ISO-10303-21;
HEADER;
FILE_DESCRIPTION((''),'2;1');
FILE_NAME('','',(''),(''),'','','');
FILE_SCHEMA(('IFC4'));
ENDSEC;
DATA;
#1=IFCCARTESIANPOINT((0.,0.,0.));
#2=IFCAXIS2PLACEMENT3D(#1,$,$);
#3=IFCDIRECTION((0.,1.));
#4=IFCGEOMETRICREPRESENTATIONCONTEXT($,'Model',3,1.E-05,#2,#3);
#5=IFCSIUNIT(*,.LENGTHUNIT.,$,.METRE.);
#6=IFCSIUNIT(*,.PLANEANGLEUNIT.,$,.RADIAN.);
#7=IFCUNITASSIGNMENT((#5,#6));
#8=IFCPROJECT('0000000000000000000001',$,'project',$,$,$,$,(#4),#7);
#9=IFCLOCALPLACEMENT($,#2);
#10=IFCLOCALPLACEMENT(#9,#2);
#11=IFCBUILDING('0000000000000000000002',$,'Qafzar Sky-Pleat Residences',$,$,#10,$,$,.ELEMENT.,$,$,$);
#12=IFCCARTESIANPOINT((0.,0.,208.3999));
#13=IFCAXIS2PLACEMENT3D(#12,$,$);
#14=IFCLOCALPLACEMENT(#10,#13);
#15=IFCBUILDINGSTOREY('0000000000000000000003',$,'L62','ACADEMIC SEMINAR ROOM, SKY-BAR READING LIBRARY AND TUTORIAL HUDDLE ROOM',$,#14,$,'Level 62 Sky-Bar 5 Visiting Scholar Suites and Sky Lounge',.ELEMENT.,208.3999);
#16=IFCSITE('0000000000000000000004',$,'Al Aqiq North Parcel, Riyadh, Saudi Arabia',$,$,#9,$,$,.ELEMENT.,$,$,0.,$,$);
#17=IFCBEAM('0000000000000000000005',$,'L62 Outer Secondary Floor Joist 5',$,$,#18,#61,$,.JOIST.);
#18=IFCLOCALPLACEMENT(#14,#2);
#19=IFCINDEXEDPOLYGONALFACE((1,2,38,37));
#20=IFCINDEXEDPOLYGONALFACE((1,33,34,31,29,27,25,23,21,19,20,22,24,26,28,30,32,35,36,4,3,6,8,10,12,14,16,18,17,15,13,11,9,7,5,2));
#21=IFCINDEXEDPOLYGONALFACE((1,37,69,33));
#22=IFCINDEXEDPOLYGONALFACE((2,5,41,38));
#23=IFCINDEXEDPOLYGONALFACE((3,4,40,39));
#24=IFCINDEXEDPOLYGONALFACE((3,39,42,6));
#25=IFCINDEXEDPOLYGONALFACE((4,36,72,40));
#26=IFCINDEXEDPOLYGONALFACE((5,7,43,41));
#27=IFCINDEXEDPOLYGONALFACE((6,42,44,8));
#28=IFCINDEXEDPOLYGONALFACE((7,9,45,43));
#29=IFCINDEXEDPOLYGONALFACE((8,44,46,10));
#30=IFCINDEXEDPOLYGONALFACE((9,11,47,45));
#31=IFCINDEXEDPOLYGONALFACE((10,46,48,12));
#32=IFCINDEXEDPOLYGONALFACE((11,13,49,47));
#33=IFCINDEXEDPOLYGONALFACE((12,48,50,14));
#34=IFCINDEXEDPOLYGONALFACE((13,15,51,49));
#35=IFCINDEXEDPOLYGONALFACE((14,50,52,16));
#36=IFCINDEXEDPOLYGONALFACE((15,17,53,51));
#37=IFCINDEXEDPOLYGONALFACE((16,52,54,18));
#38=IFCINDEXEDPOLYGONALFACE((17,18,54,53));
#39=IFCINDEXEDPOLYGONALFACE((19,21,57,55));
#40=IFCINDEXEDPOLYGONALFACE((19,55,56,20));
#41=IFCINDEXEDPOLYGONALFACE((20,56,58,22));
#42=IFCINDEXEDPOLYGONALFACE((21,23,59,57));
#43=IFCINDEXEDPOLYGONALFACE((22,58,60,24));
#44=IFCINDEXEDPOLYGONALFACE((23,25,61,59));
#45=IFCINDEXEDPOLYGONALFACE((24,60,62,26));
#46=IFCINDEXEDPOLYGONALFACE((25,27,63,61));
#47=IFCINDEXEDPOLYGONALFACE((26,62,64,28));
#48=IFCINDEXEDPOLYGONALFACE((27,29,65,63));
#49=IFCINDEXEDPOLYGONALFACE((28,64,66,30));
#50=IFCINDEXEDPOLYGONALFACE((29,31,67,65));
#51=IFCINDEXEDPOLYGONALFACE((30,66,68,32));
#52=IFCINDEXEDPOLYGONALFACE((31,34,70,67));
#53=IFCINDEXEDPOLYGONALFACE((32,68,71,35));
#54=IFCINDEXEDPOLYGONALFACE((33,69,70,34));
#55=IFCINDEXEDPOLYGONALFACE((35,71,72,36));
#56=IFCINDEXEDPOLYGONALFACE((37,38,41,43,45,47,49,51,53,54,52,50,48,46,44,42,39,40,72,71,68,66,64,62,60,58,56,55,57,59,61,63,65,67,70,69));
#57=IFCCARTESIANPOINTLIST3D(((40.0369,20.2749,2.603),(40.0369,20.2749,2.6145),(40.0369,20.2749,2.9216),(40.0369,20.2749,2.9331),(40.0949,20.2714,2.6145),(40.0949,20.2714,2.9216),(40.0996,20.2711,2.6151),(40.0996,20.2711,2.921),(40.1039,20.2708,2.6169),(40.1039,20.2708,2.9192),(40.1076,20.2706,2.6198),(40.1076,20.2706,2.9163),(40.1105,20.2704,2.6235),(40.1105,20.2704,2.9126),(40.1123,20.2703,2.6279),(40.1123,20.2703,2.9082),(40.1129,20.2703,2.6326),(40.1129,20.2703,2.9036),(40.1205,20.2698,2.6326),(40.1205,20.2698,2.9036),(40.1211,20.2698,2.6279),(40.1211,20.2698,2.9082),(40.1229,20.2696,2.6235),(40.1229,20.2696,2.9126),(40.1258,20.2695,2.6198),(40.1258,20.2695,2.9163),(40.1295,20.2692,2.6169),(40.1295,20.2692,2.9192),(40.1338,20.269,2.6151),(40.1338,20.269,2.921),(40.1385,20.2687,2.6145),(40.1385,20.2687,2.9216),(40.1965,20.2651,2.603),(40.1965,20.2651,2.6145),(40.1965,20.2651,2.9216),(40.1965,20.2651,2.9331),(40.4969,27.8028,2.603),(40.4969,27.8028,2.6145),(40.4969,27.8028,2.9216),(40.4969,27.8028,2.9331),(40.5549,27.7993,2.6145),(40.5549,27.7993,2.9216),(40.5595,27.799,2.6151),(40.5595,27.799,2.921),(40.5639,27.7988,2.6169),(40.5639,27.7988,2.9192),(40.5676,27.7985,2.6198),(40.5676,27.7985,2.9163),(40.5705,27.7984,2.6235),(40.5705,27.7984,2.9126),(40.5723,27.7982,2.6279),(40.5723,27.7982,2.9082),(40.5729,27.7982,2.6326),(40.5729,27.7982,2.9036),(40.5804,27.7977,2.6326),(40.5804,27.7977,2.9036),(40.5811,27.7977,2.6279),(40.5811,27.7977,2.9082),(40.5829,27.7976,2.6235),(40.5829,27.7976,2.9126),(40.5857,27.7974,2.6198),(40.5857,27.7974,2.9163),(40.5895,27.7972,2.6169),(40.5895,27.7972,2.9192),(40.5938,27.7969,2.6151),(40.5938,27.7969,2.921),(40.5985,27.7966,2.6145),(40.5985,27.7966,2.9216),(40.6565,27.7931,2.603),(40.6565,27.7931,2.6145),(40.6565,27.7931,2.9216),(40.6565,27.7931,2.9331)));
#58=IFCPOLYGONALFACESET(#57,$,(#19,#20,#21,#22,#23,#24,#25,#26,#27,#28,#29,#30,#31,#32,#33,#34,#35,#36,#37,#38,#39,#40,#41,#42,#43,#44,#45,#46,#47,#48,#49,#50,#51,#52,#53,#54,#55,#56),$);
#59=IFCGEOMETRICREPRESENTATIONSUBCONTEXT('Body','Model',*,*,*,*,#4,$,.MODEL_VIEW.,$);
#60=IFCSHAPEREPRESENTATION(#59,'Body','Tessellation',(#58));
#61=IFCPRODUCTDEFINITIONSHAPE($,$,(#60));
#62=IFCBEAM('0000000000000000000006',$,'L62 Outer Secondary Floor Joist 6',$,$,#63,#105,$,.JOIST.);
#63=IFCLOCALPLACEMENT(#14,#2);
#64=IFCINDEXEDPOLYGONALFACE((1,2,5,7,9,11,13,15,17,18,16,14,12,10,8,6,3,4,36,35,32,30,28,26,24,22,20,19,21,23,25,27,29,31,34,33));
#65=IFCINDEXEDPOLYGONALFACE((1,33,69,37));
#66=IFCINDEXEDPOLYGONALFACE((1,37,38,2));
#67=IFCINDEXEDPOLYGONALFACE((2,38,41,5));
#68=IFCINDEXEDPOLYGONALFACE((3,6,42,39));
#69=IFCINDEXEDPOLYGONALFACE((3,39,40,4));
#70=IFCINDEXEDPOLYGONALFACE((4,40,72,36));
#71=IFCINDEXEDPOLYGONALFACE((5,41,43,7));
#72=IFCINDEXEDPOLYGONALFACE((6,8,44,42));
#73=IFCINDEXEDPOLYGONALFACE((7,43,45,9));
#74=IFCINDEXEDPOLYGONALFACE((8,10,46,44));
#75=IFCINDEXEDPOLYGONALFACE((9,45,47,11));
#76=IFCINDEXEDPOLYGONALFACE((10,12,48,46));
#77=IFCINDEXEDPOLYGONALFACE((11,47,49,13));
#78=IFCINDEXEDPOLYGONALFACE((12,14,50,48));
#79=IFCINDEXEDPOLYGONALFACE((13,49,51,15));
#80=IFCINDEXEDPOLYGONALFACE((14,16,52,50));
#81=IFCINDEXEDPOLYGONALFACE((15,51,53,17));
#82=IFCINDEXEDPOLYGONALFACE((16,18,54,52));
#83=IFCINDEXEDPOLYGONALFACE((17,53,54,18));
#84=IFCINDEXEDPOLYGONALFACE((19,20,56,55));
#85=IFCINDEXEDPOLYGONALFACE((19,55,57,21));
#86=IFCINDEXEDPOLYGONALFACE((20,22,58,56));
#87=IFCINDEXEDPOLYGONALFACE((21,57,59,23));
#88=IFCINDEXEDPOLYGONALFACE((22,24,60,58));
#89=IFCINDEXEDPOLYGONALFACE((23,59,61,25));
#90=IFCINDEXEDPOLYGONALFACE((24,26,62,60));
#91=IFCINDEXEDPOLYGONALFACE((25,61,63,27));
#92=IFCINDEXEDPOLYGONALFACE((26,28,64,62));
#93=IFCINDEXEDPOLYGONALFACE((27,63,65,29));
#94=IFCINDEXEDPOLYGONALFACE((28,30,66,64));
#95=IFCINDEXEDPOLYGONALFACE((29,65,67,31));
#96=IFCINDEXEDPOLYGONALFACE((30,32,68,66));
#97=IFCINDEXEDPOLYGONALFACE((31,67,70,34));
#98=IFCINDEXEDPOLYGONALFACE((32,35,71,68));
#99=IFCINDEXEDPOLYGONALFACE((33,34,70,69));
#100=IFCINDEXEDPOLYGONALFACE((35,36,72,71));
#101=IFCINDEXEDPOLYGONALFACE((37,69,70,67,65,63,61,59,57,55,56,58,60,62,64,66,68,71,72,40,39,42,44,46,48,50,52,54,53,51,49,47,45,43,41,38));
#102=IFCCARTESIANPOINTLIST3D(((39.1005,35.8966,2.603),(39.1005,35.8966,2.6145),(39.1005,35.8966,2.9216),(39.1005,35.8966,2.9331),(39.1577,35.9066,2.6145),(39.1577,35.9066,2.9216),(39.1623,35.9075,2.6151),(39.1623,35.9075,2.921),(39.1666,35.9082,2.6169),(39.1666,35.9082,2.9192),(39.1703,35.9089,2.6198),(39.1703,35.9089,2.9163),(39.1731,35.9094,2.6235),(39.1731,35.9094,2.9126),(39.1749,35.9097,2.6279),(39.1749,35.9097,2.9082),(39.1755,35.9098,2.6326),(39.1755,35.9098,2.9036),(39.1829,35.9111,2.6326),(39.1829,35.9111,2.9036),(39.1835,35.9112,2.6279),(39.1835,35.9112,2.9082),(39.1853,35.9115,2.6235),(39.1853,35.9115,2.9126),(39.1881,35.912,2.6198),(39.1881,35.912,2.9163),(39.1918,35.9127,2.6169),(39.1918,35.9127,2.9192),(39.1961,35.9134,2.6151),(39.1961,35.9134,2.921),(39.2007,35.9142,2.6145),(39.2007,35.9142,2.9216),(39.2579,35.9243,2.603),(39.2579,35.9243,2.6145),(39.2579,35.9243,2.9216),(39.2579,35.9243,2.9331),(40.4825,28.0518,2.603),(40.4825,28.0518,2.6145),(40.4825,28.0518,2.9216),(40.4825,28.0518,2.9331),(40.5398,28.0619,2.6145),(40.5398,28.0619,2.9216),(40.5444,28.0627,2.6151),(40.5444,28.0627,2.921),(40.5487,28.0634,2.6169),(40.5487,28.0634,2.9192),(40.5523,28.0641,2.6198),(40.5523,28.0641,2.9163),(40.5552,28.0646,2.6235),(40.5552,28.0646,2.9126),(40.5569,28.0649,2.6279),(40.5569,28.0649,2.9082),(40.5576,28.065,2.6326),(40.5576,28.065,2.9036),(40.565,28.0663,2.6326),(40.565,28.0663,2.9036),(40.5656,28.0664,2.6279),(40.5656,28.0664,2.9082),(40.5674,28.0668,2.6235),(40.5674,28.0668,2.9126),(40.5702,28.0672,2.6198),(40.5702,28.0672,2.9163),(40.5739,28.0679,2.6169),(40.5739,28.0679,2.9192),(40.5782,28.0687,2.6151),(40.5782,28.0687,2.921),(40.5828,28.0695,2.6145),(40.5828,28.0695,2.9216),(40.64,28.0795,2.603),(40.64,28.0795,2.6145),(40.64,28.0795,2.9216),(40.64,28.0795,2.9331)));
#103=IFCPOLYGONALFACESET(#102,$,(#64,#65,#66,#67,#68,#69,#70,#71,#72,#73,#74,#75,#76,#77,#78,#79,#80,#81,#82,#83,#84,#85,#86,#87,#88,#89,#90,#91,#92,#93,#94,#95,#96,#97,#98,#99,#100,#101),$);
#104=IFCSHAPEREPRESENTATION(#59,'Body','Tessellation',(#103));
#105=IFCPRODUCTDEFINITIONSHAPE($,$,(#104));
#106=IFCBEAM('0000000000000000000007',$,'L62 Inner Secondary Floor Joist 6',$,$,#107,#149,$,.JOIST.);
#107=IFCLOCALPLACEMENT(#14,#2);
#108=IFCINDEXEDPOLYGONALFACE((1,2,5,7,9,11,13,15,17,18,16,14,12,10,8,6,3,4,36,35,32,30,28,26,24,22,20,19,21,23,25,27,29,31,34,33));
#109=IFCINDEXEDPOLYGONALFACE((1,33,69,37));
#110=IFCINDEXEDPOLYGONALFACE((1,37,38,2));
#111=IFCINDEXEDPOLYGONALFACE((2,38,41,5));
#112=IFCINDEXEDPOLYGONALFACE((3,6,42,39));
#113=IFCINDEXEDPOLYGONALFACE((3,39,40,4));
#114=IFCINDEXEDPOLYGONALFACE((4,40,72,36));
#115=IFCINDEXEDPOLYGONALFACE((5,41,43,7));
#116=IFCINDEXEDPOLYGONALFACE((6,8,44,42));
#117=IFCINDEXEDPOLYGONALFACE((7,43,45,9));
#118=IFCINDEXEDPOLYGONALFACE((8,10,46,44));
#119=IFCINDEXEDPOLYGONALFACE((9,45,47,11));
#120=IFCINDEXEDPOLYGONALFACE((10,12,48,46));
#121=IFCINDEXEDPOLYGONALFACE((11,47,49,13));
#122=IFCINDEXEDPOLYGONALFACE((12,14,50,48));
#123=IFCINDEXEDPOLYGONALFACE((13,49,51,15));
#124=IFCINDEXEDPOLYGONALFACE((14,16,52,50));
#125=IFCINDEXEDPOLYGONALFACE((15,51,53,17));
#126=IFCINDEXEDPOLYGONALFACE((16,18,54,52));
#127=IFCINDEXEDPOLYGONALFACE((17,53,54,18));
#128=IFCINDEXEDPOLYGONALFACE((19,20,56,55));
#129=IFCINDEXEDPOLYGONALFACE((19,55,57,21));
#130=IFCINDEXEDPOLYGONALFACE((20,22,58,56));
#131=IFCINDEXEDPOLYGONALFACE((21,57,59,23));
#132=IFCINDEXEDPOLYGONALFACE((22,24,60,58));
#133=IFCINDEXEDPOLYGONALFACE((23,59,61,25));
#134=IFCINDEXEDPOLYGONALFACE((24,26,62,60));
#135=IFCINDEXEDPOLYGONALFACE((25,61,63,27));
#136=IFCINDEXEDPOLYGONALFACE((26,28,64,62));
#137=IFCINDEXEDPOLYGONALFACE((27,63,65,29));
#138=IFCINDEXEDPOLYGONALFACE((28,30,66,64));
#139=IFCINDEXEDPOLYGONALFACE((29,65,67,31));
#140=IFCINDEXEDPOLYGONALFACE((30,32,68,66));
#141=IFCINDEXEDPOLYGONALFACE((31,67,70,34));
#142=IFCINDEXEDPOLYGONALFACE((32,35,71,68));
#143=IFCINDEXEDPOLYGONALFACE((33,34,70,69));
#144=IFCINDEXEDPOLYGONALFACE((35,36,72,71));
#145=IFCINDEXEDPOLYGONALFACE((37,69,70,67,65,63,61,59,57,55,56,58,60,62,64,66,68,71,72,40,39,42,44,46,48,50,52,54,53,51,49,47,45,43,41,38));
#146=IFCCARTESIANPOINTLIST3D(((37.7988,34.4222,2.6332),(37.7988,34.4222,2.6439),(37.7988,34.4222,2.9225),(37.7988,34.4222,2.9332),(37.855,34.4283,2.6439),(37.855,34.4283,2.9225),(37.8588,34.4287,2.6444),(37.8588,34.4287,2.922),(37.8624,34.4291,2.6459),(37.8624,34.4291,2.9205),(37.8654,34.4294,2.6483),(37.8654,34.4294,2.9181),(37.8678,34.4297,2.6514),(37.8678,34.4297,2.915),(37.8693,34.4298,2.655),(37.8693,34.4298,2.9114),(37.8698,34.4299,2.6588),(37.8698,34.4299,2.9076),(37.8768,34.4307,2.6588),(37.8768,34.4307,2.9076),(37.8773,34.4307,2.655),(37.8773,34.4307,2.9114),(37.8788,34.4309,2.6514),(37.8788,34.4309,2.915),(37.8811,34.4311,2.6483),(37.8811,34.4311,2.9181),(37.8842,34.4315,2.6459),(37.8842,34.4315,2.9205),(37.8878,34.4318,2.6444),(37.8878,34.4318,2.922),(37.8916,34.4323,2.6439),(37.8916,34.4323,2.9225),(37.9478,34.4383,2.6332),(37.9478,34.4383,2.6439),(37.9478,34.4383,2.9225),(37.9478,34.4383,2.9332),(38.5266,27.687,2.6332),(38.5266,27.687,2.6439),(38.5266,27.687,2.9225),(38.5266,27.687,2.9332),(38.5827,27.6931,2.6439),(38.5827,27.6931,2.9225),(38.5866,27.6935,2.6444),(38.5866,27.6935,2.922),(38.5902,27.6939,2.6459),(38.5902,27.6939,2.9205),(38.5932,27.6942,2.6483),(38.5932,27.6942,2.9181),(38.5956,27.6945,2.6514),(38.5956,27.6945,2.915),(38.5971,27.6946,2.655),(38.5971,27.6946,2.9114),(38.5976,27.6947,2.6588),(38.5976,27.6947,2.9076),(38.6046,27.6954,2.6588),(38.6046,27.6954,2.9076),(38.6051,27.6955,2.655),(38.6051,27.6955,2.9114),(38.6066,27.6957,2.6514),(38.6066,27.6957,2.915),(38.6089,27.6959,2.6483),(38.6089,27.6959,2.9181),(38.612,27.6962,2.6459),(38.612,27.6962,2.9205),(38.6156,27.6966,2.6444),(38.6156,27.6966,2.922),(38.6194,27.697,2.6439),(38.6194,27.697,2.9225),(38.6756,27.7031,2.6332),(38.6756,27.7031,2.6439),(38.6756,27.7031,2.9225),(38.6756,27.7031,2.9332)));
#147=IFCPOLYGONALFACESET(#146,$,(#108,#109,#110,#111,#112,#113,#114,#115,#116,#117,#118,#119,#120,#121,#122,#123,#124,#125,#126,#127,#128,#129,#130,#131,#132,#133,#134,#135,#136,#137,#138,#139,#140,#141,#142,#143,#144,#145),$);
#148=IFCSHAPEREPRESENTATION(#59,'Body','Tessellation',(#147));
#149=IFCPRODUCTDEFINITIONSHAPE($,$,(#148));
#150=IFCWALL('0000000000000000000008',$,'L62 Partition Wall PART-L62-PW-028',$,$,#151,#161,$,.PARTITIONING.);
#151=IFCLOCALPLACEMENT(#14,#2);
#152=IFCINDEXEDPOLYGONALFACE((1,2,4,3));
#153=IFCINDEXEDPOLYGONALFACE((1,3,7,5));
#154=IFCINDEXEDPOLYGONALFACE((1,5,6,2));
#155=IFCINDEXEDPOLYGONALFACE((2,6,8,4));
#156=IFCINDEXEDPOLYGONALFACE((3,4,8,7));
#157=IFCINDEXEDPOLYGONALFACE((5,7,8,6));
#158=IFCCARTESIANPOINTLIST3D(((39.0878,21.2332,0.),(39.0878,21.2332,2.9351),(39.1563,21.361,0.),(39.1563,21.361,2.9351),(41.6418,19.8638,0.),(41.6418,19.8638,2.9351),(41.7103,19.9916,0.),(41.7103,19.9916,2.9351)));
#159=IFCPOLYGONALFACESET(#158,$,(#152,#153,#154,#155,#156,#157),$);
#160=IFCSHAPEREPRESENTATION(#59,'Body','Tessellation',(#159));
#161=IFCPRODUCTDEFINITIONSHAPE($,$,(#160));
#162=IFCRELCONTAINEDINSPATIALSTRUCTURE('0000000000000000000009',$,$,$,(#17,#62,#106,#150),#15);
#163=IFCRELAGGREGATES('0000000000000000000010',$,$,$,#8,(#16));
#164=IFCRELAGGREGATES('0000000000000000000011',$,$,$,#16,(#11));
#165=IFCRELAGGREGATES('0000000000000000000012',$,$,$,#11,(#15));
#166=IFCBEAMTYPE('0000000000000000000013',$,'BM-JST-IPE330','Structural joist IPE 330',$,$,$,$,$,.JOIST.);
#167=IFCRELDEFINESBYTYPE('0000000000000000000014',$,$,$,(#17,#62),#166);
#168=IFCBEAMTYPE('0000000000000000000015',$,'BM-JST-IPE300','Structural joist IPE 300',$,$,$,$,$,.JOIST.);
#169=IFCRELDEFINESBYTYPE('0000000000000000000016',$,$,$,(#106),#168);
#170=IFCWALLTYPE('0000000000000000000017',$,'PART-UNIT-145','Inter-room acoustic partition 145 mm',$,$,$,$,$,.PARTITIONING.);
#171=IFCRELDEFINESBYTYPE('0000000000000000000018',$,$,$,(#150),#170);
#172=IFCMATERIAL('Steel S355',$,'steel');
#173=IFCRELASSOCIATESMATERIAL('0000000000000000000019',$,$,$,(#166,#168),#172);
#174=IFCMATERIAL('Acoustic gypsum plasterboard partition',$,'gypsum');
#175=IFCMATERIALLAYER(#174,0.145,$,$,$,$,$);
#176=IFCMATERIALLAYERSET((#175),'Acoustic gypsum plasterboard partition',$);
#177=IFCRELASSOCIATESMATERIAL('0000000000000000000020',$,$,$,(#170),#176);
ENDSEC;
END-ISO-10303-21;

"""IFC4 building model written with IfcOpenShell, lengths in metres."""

from ifc_helpers import new_model, si_unit, direction, frame, frame_2d, origin, origin_2d, place, context, subcontext, project, spatial, rectangle, i_section, extrude, source, transform, mapped, material, layer, layer_set, material_profile, profile_set, type_object, element, save


model = new_model("IFC4")

# Units and contexts
model_context = context("Model", 3, precision=1e-05, world=origin(), true_north=direction((0.0, 1.0)))
body_context = subcontext(model_context, "Body", "Model", "MODEL_VIEW")
ifc_project = project(units=[si_unit("LENGTHUNIT", "METRE"), si_unit("PLANEANGLEUNIT", "RADIAN")], contexts=[model_context])

# Site, building, storey
site_placement = place(None, origin())
site = spatial("IfcSite", under=ifc_project, at=site_placement, Name="Al Aqiq North Parcel, Riyadh, Saudi Arabia", CompositionType="ELEMENT", RefElevation=0.0)
building_placement = place(site_placement, origin())
building = spatial("IfcBuilding", under=site, at=building_placement, Name="Qafzar Sky-Pleat Residences", CompositionType="ELEMENT")
storey_placement = place(building_placement, frame((0.0, 0.0, 208.3999)))
storey = spatial("IfcBuildingStorey", under=building, at=storey_placement, Name="L62", Description="ACADEMIC SEMINAR ROOM, SKY-BAR READING LIBRARY AND TUTORIAL HUDDLE ROOM", LongName="Level 62 Sky-Bar 5 Visiting Scholar Suites and Sky Lounge", CompositionType="ELEMENT", Elevation=208.3999)

# Shared definitions
ifc_material_1 = material(Name="Steel S355", Category="steel")

# Beams
ifc_material_profile_1 = material_profile(ifc_material_1, i_section(OverallWidth=0.1599, OverallDepth=0.3301, WebThickness=0.0076, FlangeThickness=0.0115, FilletRadius=0.0181, at=origin_2d()), Name="IPE 330")
ifc_profile_set_1 = profile_set([ifc_material_profile_1], Name="Steel S355")
beam_type_1 = type_object("IfcBeamType", Name="BM-JST-IPE330", Description="Structural joist IPE 330", PredefinedType="JOIST", material=ifc_profile_set_1)
shared_shape_1 = source(origin(), body_context, "Body", "SweptSolid", [
    extrude(i_section(OverallWidth=0.1599, OverallDepth=0.3301, WebThickness=0.0076, FlangeThickness=0.0115, FilletRadius=0.0181, at=origin_2d()), origin(), (0.0, 0.0, 1.0), 7.542),
])
beam_1_placement = place(storey_placement, frame((40.1167, 20.27, 2.7681), z_axis=(0.060988, 0.998139, 0.0), x_axis=(-0.998139, 0.060988, 0.0)))
element("IfcBeam", 1, at=beam_1_placement, inside=storey, type_object=beam_type_1, Name="L62 Outer Secondary Floor Joist 5", PredefinedType="JOIST", context=body_context, shape_type="MappedRepresentation", body=[
    mapped(shared_shape_1, transform((0.0, 0.0, 0.0), x_axis=(1.0, 0.0, 0.0), y_axis=(0.0, 1.0, 0.0), z_axis=(0.0, 0.0, 1.0), scale=1.0)),
])
shared_shape_2 = source(origin(), body_context, "Body", "SweptSolid", [
    extrude(i_section(OverallWidth=0.1599, OverallDepth=0.3301, WebThickness=0.0076, FlangeThickness=0.0115, FilletRadius=0.0181, at=origin_2d()), origin(), (0.0, 0.0, 1.0), 7.9656),
])
beam_2_placement = place(storey_placement, frame((40.5613, 28.0657, 2.7681), z_axis=(-0.173507, 0.984833, 0.0), x_axis=(-0.984833, -0.173507, 0.0)))
element("IfcBeam", 2, at=beam_2_placement, inside=storey, type_object=beam_type_1, Name="L62 Outer Secondary Floor Joist 6", PredefinedType="JOIST", context=body_context, shape_type="MappedRepresentation", body=[
    mapped(shared_shape_2, transform((0.0, 0.0, 0.0), x_axis=(1.0, 0.0, 0.0), y_axis=(0.0, 1.0, 0.0), z_axis=(0.0, 0.0, 1.0), scale=1.0)),
])
ifc_material_profile_2 = material_profile(ifc_material_1, i_section(OverallWidth=0.1499, OverallDepth=0.3, WebThickness=0.0071, FlangeThickness=0.0107, FilletRadius=0.0149, at=origin_2d()), Name="IPE 300")
ifc_profile_set_2 = profile_set([ifc_material_profile_2], Name="Steel S355")
beam_type_2 = type_object("IfcBeamType", Name="BM-JST-IPE300", Description="Structural joist IPE 300", PredefinedType="JOIST", material=ifc_profile_set_2)
shared_shape_3 = source(origin(), body_context, "Body", "SweptSolid", [
    extrude(i_section(OverallWidth=0.1499, OverallDepth=0.3, WebThickness=0.0071, FlangeThickness=0.0107, FilletRadius=0.0149, at=origin_2d()), origin(), (0.0, 0.0, 1.0), 6.7744),
])
beam_3_placement = place(storey_placement, frame((38.6011, 27.6951, 2.7832), z_axis=(-0.107433, 0.994212, 0.0), x_axis=(-0.994212, -0.107433, 0.0)))
element("IfcBeam", 3, at=beam_3_placement, inside=storey, type_object=beam_type_2, Name="L62 Inner Secondary Floor Joist 6", PredefinedType="JOIST", context=body_context, shape_type="MappedRepresentation", body=[
    mapped(shared_shape_3, transform((0.0, 0.0, 0.0), x_axis=(1.0, 0.0, 0.0), y_axis=(0.0, 1.0, 0.0), z_axis=(0.0, 0.0, 1.0), scale=1.0)),
])

# Wall
ifc_material_2 = material(Name="Acoustic gypsum plasterboard partition", Category="gypsum")
ifc_layer_1 = layer(ifc_material_2, 0.145)
ifc_layer_set_1 = layer_set([ifc_layer_1], Name="Acoustic gypsum plasterboard partition")
wall_type_1 = type_object("IfcWallType", Name="PART-UNIT-145", Description="Inter-room acoustic partition 145 mm", PredefinedType="PARTITIONING", material=ifc_layer_set_1)
wall_1_placement = place(storey_placement, frame((39.1221, 21.2971, 0.0), z_axis=(0.0, 0.0, 1.0), x_axis=(0.881308, -0.472542, 0.0)))
element("IfcWall", 4, at=wall_1_placement, inside=storey, type_object=wall_type_1, Name="L62 Partition Wall PART-L62-PW-028", PredefinedType="PARTITIONING", context=body_context, shape_type="SweptSolid", body=[
    extrude(rectangle(XDim=2.8979, YDim=0.145, at=frame_2d((1.449, 0.0))), origin(), (0.0, 0.0, 1.0), 2.9351),
])

save(model, "model.ifc")
